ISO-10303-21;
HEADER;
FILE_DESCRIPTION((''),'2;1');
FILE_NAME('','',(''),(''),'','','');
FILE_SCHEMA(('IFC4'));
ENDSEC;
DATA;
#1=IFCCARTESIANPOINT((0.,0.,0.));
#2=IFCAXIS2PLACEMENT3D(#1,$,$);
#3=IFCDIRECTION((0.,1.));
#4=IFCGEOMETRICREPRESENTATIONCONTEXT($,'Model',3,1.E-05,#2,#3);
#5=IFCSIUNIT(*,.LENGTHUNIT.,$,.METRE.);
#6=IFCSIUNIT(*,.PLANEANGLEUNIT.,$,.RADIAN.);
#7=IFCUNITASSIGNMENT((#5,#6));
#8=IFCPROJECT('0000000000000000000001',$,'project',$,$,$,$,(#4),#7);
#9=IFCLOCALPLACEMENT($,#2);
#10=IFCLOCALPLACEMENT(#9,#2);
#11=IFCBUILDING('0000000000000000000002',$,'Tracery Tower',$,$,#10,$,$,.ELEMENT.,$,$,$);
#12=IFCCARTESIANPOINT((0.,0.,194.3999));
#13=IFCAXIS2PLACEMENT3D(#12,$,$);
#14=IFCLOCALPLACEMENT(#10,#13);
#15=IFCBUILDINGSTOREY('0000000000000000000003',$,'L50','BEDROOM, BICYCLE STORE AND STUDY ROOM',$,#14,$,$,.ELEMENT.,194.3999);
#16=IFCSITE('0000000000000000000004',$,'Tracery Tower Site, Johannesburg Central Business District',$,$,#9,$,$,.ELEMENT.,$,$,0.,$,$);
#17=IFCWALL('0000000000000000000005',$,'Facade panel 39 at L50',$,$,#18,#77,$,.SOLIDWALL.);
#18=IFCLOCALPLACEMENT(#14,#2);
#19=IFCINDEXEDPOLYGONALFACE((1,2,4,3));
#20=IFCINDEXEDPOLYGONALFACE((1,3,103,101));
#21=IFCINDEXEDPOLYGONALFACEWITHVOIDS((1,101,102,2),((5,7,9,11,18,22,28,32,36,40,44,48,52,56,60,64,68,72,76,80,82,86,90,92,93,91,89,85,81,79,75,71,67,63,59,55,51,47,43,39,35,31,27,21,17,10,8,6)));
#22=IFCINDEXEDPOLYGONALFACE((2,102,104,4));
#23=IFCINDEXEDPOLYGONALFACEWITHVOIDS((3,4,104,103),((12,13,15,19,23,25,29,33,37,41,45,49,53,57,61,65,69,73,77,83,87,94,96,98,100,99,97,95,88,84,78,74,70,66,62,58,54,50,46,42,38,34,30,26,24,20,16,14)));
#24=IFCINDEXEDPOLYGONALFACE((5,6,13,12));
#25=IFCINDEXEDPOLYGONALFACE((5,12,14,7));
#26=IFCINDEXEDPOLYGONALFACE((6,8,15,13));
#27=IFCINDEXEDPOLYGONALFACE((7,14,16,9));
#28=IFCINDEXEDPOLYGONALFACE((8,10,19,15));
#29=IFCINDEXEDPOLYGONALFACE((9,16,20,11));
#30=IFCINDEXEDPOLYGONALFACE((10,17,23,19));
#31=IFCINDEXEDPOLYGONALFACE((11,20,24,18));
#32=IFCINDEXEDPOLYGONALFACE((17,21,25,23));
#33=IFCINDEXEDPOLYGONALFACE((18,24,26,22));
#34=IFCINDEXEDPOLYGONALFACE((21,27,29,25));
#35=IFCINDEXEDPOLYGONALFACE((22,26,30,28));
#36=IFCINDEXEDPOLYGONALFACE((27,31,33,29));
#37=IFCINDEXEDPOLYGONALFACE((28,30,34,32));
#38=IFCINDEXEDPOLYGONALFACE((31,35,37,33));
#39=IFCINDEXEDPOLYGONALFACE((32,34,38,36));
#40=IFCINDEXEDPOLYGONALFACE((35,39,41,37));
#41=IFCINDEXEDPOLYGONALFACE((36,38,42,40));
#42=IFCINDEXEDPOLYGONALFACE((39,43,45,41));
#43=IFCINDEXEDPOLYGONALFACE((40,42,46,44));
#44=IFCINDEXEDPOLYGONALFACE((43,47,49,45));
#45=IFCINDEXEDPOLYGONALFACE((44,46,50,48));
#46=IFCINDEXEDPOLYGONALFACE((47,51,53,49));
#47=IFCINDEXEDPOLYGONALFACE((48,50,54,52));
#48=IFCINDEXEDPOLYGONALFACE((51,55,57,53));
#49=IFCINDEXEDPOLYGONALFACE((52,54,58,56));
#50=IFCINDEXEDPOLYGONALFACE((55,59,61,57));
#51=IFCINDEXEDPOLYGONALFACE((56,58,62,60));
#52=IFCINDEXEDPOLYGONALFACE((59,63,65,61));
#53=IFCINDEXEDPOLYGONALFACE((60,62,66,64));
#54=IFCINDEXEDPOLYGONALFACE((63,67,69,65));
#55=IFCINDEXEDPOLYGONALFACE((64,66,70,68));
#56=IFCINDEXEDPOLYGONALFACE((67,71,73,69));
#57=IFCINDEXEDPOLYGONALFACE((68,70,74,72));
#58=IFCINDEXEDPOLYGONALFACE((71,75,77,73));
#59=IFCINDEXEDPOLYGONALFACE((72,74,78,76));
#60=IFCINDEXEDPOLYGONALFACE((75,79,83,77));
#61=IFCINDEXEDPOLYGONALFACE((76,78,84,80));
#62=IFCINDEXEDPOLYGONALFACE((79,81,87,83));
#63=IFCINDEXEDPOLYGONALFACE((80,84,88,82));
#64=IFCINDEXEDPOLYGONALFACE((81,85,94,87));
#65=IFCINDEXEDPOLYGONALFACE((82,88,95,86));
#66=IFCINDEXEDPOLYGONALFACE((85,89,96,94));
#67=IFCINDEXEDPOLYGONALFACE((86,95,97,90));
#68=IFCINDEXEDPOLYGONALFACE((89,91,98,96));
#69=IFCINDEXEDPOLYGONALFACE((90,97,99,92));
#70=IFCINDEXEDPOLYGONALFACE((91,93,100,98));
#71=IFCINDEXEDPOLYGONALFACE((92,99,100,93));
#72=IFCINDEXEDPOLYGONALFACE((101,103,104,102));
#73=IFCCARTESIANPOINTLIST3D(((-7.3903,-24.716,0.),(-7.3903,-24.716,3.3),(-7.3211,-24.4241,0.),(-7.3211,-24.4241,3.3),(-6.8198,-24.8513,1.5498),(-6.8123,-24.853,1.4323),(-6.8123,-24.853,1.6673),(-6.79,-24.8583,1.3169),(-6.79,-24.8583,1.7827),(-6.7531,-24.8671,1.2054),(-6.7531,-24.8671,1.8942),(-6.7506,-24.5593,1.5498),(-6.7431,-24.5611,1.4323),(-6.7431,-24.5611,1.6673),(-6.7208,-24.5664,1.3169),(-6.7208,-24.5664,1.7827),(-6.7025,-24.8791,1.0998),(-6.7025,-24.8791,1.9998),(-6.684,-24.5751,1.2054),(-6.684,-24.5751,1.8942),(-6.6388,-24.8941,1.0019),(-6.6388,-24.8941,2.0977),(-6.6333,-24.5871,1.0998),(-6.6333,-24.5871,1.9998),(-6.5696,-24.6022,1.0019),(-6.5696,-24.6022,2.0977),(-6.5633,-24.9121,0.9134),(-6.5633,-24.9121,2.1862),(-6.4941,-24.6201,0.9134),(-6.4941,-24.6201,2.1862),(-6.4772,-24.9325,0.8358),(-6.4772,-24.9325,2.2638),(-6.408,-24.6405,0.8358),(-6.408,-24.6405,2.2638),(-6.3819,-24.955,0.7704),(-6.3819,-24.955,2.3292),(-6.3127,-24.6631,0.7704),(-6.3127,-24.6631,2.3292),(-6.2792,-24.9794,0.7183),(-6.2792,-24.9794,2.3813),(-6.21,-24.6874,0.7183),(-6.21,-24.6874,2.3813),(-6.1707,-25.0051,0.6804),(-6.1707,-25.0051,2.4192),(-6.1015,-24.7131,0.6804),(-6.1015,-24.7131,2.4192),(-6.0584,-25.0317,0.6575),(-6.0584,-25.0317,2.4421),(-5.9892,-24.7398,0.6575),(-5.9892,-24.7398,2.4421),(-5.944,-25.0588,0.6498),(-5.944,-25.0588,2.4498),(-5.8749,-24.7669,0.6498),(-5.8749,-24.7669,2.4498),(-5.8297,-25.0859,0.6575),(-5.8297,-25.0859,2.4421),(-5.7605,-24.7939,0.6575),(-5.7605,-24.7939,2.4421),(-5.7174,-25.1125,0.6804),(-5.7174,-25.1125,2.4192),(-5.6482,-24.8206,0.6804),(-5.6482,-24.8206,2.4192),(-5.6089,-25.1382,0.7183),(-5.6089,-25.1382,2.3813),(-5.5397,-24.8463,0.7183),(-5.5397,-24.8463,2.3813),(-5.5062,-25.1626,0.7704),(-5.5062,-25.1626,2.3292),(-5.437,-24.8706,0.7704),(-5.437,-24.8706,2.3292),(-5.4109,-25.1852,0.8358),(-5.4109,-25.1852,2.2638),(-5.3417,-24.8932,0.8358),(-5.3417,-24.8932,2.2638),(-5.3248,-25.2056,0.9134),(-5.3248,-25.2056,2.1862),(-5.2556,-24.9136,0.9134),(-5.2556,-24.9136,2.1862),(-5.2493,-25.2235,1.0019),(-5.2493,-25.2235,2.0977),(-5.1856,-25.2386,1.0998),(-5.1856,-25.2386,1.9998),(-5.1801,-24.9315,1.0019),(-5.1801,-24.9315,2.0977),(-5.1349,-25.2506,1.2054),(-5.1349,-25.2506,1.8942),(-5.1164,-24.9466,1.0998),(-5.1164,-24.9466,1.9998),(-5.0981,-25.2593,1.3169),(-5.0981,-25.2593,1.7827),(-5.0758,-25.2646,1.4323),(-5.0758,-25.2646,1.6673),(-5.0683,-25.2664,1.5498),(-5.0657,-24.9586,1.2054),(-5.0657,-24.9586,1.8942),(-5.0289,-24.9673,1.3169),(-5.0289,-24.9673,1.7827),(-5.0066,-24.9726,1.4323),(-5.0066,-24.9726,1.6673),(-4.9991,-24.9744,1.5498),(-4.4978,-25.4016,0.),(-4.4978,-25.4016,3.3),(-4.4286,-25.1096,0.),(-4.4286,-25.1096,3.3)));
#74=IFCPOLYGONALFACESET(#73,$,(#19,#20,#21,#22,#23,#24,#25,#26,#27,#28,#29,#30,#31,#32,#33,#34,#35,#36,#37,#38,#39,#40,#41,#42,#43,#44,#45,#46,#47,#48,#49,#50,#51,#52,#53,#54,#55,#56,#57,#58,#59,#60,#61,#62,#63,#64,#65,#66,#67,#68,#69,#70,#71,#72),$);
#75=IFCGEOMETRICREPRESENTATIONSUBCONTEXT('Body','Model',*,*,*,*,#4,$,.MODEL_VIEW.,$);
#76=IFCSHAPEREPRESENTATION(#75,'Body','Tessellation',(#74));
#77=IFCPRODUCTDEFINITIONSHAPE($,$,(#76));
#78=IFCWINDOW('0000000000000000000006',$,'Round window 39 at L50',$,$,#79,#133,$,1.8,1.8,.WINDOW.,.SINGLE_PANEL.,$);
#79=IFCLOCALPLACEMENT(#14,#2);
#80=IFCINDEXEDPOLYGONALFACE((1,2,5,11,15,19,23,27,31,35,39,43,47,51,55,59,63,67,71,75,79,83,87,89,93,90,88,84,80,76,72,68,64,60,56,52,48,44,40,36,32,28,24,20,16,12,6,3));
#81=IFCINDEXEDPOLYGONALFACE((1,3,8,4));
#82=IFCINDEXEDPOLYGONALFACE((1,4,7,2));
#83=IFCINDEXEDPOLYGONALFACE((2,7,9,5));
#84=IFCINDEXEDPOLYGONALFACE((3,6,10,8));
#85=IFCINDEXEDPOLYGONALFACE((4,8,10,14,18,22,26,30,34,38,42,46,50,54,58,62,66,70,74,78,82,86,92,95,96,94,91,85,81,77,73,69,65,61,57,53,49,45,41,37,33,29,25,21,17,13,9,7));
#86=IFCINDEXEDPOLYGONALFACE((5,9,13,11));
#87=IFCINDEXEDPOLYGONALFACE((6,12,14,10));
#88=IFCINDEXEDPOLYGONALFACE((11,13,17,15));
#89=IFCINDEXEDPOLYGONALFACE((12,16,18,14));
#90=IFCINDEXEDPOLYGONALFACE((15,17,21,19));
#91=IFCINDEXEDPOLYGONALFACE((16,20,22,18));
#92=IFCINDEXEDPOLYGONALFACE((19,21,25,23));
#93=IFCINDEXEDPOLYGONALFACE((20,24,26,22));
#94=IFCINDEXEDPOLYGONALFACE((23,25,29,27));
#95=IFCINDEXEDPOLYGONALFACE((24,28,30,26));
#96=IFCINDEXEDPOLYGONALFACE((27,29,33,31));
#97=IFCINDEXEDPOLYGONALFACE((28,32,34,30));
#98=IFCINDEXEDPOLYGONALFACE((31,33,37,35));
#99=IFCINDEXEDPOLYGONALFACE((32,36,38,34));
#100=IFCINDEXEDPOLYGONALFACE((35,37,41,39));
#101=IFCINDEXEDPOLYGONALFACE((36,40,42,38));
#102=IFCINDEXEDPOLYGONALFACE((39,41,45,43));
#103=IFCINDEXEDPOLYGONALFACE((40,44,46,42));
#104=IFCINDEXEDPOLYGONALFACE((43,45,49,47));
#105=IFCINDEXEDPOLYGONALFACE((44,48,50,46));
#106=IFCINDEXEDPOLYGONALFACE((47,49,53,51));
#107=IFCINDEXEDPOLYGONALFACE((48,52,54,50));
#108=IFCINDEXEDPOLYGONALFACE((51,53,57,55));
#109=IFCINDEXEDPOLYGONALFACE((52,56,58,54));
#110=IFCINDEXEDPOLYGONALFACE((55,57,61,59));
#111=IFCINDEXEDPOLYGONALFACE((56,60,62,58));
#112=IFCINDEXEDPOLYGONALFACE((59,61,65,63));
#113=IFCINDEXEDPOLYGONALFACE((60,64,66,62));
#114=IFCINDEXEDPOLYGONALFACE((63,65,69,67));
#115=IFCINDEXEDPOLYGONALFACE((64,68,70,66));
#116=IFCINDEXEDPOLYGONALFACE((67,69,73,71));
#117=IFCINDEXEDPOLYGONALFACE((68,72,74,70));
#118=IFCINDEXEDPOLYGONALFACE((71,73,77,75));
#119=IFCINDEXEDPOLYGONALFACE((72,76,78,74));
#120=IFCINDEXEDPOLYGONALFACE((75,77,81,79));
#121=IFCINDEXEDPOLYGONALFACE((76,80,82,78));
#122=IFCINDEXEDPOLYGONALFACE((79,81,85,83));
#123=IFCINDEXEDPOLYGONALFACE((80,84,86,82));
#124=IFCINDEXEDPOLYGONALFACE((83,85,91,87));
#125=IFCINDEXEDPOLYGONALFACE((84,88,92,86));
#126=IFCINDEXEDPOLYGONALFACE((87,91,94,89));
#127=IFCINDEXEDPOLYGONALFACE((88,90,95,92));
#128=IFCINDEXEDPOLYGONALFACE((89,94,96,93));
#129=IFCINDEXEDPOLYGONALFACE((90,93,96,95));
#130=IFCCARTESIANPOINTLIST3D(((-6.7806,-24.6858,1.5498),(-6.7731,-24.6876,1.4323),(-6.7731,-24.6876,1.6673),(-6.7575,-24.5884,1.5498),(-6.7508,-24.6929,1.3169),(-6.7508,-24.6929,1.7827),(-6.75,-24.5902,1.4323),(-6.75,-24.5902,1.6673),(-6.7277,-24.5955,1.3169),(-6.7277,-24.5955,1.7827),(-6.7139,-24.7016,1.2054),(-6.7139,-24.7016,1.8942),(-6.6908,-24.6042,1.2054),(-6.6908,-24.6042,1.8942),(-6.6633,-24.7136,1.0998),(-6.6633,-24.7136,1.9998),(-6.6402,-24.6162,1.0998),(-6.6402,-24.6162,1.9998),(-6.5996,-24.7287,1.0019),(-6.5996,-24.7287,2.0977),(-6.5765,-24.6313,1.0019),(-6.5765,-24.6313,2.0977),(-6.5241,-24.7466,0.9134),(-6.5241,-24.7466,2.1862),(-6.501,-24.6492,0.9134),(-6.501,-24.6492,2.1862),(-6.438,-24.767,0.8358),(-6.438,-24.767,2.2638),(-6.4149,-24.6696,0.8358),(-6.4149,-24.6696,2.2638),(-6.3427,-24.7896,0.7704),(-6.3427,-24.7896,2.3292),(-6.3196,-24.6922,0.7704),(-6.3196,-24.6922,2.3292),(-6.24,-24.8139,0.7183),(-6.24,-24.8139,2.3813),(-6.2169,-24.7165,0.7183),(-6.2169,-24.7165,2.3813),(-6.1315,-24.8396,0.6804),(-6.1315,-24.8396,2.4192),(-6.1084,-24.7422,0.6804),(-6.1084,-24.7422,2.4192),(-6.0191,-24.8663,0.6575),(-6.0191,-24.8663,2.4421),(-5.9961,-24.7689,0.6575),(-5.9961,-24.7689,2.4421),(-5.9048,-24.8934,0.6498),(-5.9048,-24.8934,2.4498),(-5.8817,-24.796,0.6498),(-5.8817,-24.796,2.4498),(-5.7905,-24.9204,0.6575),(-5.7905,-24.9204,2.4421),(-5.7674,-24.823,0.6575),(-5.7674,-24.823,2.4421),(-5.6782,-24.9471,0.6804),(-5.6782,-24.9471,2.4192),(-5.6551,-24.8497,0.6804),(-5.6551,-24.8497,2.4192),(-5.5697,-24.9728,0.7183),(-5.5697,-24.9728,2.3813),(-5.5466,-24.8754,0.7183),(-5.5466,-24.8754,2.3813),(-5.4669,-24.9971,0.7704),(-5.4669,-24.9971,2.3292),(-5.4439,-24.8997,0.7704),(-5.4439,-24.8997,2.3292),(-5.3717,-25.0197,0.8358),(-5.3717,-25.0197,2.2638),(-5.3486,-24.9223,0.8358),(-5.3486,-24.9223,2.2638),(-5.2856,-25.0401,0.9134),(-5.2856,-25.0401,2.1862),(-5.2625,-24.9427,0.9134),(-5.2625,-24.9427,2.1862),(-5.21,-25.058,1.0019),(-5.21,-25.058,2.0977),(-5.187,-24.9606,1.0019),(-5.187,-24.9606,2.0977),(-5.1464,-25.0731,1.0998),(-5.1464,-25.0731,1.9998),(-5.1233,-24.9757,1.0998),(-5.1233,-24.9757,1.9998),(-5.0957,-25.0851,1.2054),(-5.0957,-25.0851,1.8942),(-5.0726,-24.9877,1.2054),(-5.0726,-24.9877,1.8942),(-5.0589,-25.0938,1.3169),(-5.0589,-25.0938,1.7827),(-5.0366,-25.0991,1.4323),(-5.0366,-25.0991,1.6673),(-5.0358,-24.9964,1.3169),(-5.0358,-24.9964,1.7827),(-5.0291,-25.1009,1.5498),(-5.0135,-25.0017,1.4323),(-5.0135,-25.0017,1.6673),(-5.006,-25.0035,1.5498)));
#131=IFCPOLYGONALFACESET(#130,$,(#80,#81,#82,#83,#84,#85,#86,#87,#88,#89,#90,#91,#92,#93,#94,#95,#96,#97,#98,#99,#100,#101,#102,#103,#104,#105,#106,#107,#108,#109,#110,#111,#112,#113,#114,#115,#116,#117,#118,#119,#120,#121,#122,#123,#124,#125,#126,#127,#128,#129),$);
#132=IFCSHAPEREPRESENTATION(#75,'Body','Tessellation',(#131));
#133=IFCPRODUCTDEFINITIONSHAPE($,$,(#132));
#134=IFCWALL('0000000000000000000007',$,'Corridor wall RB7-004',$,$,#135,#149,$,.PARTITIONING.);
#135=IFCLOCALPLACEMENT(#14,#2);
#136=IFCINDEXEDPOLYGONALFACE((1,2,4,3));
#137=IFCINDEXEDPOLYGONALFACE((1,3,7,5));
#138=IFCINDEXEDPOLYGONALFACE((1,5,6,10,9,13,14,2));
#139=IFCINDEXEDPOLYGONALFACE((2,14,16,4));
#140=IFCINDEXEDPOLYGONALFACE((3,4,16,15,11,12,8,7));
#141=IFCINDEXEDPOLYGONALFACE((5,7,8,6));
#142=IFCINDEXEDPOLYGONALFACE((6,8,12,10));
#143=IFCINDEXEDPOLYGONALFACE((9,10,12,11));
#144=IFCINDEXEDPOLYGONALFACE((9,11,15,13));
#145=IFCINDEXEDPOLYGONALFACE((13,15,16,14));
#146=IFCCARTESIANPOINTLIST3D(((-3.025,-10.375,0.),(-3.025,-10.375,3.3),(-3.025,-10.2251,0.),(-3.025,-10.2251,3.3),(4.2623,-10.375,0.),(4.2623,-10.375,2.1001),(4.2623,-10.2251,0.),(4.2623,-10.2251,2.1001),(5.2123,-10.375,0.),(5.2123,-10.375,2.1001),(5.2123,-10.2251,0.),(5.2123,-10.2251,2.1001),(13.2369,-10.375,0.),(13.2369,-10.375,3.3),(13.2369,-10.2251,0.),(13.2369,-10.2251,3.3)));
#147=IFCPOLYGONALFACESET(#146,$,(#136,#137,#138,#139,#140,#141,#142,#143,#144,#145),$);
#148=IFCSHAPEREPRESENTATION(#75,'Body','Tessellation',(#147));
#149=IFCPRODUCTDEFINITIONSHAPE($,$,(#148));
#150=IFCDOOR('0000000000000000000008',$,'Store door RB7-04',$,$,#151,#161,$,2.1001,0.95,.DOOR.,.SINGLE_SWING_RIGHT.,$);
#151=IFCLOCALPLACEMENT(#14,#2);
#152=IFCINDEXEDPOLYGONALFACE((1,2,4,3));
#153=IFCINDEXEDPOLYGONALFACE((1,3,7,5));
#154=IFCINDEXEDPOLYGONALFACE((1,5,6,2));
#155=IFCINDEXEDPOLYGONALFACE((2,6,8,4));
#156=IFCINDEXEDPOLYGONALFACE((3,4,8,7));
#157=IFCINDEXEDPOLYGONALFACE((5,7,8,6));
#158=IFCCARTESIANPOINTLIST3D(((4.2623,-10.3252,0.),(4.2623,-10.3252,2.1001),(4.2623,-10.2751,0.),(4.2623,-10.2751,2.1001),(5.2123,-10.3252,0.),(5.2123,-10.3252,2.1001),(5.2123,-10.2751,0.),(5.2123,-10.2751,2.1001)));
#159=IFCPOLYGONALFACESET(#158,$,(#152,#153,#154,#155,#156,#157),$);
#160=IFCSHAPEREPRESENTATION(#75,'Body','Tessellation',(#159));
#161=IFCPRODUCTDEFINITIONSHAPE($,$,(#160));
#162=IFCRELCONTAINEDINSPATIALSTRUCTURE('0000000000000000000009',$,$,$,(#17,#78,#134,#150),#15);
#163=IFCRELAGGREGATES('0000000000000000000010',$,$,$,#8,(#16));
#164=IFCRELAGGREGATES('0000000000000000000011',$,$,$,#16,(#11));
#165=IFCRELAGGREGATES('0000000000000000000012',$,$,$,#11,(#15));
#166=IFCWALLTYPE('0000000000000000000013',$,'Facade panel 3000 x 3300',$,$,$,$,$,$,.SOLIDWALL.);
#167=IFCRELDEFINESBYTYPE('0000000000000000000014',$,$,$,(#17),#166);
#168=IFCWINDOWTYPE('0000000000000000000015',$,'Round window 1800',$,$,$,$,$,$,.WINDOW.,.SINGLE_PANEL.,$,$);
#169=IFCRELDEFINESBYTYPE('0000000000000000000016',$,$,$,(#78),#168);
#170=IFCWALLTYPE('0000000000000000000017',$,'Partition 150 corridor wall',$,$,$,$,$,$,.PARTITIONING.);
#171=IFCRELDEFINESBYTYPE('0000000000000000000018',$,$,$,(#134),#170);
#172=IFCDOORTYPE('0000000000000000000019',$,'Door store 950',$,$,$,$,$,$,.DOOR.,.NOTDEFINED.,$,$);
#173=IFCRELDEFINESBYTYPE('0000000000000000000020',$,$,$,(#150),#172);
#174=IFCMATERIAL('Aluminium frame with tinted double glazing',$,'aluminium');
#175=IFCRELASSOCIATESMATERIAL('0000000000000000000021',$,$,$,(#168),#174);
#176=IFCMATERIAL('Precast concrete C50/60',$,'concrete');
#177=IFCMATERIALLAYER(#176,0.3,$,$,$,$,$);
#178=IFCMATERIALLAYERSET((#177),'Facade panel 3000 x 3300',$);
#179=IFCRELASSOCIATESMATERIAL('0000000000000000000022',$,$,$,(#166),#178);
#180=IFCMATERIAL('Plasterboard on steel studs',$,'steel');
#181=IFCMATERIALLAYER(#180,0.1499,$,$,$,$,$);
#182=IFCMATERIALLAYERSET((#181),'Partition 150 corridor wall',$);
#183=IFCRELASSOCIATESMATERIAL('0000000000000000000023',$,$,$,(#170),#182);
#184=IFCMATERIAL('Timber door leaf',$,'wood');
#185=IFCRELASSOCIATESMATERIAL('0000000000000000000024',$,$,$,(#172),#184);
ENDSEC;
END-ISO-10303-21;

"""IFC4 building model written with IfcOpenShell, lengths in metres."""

from ifc_helpers import new_model, si_unit, direction, frame, frame_2d, origin, origin_2d, place, context, subcontext, project, spatial, rectangle, circle, extrude, material, layer, layer_set, type_object, element, fill, save


model = new_model("IFC4")

# Units and contexts
model_context = context("Model", 3, precision=1e-05, world=origin(), true_north=direction((0.0, 1.0)))
body_context = subcontext(model_context, "Body", "Model", "MODEL_VIEW")
ifc_project = project(units=[si_unit("LENGTHUNIT", "METRE"), si_unit("PLANEANGLEUNIT", "RADIAN")], contexts=[model_context])

# Site, building, storey
site_placement = place(None, origin())
site = spatial("IfcSite", under=ifc_project, at=site_placement, Name="Tracery Tower Site, Johannesburg Central Business District", CompositionType="ELEMENT", RefElevation=0.0)
building_placement = place(site_placement, origin())
building = spatial("IfcBuilding", under=site, at=building_placement, Name="Tracery Tower", CompositionType="ELEMENT")
storey_placement = place(building_placement, frame((0.0, 0.0, 194.3999)))
storey = spatial("IfcBuildingStorey", under=building, at=storey_placement, Name="L50", Description="BEDROOM, BICYCLE STORE AND STUDY ROOM", CompositionType="ELEMENT", Elevation=194.3999)

# Wall, opening, window
ifc_material_1 = material(Name="Aluminium frame with tinted double glazing", Category="aluminium")
window_type = type_object("IfcWindowType", Name="Round window 1800", PartitioningType="SINGLE_PANEL", PredefinedType="WINDOW", material=ifc_material_1)
ifc_material_2 = material(Name="Precast concrete C50/60", Category="concrete")
ifc_layer_1 = layer(ifc_material_2, 0.3)
ifc_layer_set_1 = layer_set([ifc_layer_1], Name="Facade panel 3000 x 3300")
wall_type_1 = type_object("IfcWallType", Name="Facade panel 3000 x 3300", PredefinedType="SOLIDWALL", material=ifc_layer_set_1)
wall_1_placement = place(storey_placement, frame((-7.3557, -24.5701, 0.0), z_axis=(0.0, 0.0, 1.0), x_axis=(0.973045, -0.230614, 0.0)))
wall_1 = element("IfcWall", 1, at=wall_1_placement, inside=storey, type_object=wall_type_1, Name="Facade panel 39 at L50", PredefinedType="SOLIDWALL", context=body_context, shape_type="SweptSolid", body=[
    extrude(rectangle(XDim=2.9727, YDim=0.3, at=frame_2d((1.4863, 0.0))), origin(), (0.0, 0.0, 1.0), 3.3),
])
opening_1_placement = place(wall_1_placement, frame((1.4863, 0.0, 1.5498)))
opening_1 = element("IfcOpeningElement", 2, at=opening_1_placement, cuts=wall_1, PredefinedType="OPENING", context=body_context, shape_type="SweptSolid", body=[
    extrude(circle(Radius=0.9, at=origin_2d()), frame((0.0, 0.1599, 0.0), z_axis=(0.0, -1.0, 0.0), x_axis=(1.0, 0.0, 0.0)), (0.0, 0.0, 1.0), 0.3201),
])
window_1_placement = place(opening_1_placement, origin())
window_1 = element("IfcWindow", 3, at=window_1_placement, inside=storey, type_object=window_type, Name="Round window 39 at L50", OverallHeight=1.8, OverallWidth=1.8, PartitioningType="SINGLE_PANEL", PredefinedType="WINDOW", context=body_context, shape_type="SweptSolid", body=[
    extrude(circle(Radius=0.9, at=origin_2d()), frame((0.0, 0.1201, 0.0), z_axis=(0.0, -1.0, 0.0), x_axis=(1.0, 0.0, 0.0)), (0.0, 0.0, 1.0), 0.1001),
])
fill(opening_1, window_1)

# Wall, opening, door
ifc_material_3 = material(Name="Plasterboard on steel studs", Category="steel")
ifc_layer_2 = layer(ifc_material_3, 0.1499)
ifc_layer_set_2 = layer_set([ifc_layer_2], Name="Partition 150 corridor wall")
wall_type_2 = type_object("IfcWallType", Name="Partition 150 corridor wall", PredefinedType="PARTITIONING", material=ifc_layer_set_2)
wall_2_placement = place(storey_placement, frame((-3.0249, -10.3, 0.0), z_axis=(0.0, 0.0, 1.0), x_axis=(1.0, 0.0, 0.0)))
wall_2 = element("IfcWall", 4, at=wall_2_placement, inside=storey, type_object=wall_type_2, Name="Corridor wall RB7-004", PredefinedType="PARTITIONING", context=body_context, shape_type="SweptSolid", body=[
    extrude(rectangle(XDim=16.262, YDim=0.1499, at=frame_2d((8.1309, 0.0))), origin(), (0.0, 0.0, 1.0), 3.3),
])
opening_2_placement = place(wall_2_placement, frame((7.2871, 0.0, 0.0)))
opening_2 = element("IfcOpeningElement", 5, at=opening_2_placement, cuts=wall_2, PredefinedType="OPENING", context=body_context, shape_type="SweptSolid", body=[
    extrude(rectangle(XDim=0.95, YDim=2.1001, at=frame_2d((0.4751, 1.05))), frame((0.0, 0.075, 0.0), z_axis=(0.0, -1.0, 0.0), x_axis=(1.0, 0.0, 0.0)), (0.0, 0.0, 1.0), 0.1499),
])
ifc_material_4 = material(Name="Timber door leaf", Category="wood")
door_type_1 = type_object("IfcDoorType", Name="Door store 950", OperationType="NOTDEFINED", PredefinedType="DOOR", material=ifc_material_4)
door_1_placement = place(opening_2_placement, origin())
door_1 = element("IfcDoor", 6, at=door_1_placement, inside=storey, type_object=door_type_1, Name="Store door RB7-04", OperationType="SINGLE_SWING_RIGHT", OverallHeight=2.1001, OverallWidth=0.95, PredefinedType="DOOR", context=body_context, shape_type="SweptSolid", body=[
    extrude(rectangle(XDim=0.95, YDim=2.1001, at=frame_2d((0.4751, 1.05))), frame((0.0, 0.0249, 0.0), z_axis=(0.0, -1.0, 0.0), x_axis=(1.0, 0.0, 0.0)), (0.0, 0.0, 1.0), 0.05),
])
fill(opening_2, door_1)

save(model, "model.ifc")
